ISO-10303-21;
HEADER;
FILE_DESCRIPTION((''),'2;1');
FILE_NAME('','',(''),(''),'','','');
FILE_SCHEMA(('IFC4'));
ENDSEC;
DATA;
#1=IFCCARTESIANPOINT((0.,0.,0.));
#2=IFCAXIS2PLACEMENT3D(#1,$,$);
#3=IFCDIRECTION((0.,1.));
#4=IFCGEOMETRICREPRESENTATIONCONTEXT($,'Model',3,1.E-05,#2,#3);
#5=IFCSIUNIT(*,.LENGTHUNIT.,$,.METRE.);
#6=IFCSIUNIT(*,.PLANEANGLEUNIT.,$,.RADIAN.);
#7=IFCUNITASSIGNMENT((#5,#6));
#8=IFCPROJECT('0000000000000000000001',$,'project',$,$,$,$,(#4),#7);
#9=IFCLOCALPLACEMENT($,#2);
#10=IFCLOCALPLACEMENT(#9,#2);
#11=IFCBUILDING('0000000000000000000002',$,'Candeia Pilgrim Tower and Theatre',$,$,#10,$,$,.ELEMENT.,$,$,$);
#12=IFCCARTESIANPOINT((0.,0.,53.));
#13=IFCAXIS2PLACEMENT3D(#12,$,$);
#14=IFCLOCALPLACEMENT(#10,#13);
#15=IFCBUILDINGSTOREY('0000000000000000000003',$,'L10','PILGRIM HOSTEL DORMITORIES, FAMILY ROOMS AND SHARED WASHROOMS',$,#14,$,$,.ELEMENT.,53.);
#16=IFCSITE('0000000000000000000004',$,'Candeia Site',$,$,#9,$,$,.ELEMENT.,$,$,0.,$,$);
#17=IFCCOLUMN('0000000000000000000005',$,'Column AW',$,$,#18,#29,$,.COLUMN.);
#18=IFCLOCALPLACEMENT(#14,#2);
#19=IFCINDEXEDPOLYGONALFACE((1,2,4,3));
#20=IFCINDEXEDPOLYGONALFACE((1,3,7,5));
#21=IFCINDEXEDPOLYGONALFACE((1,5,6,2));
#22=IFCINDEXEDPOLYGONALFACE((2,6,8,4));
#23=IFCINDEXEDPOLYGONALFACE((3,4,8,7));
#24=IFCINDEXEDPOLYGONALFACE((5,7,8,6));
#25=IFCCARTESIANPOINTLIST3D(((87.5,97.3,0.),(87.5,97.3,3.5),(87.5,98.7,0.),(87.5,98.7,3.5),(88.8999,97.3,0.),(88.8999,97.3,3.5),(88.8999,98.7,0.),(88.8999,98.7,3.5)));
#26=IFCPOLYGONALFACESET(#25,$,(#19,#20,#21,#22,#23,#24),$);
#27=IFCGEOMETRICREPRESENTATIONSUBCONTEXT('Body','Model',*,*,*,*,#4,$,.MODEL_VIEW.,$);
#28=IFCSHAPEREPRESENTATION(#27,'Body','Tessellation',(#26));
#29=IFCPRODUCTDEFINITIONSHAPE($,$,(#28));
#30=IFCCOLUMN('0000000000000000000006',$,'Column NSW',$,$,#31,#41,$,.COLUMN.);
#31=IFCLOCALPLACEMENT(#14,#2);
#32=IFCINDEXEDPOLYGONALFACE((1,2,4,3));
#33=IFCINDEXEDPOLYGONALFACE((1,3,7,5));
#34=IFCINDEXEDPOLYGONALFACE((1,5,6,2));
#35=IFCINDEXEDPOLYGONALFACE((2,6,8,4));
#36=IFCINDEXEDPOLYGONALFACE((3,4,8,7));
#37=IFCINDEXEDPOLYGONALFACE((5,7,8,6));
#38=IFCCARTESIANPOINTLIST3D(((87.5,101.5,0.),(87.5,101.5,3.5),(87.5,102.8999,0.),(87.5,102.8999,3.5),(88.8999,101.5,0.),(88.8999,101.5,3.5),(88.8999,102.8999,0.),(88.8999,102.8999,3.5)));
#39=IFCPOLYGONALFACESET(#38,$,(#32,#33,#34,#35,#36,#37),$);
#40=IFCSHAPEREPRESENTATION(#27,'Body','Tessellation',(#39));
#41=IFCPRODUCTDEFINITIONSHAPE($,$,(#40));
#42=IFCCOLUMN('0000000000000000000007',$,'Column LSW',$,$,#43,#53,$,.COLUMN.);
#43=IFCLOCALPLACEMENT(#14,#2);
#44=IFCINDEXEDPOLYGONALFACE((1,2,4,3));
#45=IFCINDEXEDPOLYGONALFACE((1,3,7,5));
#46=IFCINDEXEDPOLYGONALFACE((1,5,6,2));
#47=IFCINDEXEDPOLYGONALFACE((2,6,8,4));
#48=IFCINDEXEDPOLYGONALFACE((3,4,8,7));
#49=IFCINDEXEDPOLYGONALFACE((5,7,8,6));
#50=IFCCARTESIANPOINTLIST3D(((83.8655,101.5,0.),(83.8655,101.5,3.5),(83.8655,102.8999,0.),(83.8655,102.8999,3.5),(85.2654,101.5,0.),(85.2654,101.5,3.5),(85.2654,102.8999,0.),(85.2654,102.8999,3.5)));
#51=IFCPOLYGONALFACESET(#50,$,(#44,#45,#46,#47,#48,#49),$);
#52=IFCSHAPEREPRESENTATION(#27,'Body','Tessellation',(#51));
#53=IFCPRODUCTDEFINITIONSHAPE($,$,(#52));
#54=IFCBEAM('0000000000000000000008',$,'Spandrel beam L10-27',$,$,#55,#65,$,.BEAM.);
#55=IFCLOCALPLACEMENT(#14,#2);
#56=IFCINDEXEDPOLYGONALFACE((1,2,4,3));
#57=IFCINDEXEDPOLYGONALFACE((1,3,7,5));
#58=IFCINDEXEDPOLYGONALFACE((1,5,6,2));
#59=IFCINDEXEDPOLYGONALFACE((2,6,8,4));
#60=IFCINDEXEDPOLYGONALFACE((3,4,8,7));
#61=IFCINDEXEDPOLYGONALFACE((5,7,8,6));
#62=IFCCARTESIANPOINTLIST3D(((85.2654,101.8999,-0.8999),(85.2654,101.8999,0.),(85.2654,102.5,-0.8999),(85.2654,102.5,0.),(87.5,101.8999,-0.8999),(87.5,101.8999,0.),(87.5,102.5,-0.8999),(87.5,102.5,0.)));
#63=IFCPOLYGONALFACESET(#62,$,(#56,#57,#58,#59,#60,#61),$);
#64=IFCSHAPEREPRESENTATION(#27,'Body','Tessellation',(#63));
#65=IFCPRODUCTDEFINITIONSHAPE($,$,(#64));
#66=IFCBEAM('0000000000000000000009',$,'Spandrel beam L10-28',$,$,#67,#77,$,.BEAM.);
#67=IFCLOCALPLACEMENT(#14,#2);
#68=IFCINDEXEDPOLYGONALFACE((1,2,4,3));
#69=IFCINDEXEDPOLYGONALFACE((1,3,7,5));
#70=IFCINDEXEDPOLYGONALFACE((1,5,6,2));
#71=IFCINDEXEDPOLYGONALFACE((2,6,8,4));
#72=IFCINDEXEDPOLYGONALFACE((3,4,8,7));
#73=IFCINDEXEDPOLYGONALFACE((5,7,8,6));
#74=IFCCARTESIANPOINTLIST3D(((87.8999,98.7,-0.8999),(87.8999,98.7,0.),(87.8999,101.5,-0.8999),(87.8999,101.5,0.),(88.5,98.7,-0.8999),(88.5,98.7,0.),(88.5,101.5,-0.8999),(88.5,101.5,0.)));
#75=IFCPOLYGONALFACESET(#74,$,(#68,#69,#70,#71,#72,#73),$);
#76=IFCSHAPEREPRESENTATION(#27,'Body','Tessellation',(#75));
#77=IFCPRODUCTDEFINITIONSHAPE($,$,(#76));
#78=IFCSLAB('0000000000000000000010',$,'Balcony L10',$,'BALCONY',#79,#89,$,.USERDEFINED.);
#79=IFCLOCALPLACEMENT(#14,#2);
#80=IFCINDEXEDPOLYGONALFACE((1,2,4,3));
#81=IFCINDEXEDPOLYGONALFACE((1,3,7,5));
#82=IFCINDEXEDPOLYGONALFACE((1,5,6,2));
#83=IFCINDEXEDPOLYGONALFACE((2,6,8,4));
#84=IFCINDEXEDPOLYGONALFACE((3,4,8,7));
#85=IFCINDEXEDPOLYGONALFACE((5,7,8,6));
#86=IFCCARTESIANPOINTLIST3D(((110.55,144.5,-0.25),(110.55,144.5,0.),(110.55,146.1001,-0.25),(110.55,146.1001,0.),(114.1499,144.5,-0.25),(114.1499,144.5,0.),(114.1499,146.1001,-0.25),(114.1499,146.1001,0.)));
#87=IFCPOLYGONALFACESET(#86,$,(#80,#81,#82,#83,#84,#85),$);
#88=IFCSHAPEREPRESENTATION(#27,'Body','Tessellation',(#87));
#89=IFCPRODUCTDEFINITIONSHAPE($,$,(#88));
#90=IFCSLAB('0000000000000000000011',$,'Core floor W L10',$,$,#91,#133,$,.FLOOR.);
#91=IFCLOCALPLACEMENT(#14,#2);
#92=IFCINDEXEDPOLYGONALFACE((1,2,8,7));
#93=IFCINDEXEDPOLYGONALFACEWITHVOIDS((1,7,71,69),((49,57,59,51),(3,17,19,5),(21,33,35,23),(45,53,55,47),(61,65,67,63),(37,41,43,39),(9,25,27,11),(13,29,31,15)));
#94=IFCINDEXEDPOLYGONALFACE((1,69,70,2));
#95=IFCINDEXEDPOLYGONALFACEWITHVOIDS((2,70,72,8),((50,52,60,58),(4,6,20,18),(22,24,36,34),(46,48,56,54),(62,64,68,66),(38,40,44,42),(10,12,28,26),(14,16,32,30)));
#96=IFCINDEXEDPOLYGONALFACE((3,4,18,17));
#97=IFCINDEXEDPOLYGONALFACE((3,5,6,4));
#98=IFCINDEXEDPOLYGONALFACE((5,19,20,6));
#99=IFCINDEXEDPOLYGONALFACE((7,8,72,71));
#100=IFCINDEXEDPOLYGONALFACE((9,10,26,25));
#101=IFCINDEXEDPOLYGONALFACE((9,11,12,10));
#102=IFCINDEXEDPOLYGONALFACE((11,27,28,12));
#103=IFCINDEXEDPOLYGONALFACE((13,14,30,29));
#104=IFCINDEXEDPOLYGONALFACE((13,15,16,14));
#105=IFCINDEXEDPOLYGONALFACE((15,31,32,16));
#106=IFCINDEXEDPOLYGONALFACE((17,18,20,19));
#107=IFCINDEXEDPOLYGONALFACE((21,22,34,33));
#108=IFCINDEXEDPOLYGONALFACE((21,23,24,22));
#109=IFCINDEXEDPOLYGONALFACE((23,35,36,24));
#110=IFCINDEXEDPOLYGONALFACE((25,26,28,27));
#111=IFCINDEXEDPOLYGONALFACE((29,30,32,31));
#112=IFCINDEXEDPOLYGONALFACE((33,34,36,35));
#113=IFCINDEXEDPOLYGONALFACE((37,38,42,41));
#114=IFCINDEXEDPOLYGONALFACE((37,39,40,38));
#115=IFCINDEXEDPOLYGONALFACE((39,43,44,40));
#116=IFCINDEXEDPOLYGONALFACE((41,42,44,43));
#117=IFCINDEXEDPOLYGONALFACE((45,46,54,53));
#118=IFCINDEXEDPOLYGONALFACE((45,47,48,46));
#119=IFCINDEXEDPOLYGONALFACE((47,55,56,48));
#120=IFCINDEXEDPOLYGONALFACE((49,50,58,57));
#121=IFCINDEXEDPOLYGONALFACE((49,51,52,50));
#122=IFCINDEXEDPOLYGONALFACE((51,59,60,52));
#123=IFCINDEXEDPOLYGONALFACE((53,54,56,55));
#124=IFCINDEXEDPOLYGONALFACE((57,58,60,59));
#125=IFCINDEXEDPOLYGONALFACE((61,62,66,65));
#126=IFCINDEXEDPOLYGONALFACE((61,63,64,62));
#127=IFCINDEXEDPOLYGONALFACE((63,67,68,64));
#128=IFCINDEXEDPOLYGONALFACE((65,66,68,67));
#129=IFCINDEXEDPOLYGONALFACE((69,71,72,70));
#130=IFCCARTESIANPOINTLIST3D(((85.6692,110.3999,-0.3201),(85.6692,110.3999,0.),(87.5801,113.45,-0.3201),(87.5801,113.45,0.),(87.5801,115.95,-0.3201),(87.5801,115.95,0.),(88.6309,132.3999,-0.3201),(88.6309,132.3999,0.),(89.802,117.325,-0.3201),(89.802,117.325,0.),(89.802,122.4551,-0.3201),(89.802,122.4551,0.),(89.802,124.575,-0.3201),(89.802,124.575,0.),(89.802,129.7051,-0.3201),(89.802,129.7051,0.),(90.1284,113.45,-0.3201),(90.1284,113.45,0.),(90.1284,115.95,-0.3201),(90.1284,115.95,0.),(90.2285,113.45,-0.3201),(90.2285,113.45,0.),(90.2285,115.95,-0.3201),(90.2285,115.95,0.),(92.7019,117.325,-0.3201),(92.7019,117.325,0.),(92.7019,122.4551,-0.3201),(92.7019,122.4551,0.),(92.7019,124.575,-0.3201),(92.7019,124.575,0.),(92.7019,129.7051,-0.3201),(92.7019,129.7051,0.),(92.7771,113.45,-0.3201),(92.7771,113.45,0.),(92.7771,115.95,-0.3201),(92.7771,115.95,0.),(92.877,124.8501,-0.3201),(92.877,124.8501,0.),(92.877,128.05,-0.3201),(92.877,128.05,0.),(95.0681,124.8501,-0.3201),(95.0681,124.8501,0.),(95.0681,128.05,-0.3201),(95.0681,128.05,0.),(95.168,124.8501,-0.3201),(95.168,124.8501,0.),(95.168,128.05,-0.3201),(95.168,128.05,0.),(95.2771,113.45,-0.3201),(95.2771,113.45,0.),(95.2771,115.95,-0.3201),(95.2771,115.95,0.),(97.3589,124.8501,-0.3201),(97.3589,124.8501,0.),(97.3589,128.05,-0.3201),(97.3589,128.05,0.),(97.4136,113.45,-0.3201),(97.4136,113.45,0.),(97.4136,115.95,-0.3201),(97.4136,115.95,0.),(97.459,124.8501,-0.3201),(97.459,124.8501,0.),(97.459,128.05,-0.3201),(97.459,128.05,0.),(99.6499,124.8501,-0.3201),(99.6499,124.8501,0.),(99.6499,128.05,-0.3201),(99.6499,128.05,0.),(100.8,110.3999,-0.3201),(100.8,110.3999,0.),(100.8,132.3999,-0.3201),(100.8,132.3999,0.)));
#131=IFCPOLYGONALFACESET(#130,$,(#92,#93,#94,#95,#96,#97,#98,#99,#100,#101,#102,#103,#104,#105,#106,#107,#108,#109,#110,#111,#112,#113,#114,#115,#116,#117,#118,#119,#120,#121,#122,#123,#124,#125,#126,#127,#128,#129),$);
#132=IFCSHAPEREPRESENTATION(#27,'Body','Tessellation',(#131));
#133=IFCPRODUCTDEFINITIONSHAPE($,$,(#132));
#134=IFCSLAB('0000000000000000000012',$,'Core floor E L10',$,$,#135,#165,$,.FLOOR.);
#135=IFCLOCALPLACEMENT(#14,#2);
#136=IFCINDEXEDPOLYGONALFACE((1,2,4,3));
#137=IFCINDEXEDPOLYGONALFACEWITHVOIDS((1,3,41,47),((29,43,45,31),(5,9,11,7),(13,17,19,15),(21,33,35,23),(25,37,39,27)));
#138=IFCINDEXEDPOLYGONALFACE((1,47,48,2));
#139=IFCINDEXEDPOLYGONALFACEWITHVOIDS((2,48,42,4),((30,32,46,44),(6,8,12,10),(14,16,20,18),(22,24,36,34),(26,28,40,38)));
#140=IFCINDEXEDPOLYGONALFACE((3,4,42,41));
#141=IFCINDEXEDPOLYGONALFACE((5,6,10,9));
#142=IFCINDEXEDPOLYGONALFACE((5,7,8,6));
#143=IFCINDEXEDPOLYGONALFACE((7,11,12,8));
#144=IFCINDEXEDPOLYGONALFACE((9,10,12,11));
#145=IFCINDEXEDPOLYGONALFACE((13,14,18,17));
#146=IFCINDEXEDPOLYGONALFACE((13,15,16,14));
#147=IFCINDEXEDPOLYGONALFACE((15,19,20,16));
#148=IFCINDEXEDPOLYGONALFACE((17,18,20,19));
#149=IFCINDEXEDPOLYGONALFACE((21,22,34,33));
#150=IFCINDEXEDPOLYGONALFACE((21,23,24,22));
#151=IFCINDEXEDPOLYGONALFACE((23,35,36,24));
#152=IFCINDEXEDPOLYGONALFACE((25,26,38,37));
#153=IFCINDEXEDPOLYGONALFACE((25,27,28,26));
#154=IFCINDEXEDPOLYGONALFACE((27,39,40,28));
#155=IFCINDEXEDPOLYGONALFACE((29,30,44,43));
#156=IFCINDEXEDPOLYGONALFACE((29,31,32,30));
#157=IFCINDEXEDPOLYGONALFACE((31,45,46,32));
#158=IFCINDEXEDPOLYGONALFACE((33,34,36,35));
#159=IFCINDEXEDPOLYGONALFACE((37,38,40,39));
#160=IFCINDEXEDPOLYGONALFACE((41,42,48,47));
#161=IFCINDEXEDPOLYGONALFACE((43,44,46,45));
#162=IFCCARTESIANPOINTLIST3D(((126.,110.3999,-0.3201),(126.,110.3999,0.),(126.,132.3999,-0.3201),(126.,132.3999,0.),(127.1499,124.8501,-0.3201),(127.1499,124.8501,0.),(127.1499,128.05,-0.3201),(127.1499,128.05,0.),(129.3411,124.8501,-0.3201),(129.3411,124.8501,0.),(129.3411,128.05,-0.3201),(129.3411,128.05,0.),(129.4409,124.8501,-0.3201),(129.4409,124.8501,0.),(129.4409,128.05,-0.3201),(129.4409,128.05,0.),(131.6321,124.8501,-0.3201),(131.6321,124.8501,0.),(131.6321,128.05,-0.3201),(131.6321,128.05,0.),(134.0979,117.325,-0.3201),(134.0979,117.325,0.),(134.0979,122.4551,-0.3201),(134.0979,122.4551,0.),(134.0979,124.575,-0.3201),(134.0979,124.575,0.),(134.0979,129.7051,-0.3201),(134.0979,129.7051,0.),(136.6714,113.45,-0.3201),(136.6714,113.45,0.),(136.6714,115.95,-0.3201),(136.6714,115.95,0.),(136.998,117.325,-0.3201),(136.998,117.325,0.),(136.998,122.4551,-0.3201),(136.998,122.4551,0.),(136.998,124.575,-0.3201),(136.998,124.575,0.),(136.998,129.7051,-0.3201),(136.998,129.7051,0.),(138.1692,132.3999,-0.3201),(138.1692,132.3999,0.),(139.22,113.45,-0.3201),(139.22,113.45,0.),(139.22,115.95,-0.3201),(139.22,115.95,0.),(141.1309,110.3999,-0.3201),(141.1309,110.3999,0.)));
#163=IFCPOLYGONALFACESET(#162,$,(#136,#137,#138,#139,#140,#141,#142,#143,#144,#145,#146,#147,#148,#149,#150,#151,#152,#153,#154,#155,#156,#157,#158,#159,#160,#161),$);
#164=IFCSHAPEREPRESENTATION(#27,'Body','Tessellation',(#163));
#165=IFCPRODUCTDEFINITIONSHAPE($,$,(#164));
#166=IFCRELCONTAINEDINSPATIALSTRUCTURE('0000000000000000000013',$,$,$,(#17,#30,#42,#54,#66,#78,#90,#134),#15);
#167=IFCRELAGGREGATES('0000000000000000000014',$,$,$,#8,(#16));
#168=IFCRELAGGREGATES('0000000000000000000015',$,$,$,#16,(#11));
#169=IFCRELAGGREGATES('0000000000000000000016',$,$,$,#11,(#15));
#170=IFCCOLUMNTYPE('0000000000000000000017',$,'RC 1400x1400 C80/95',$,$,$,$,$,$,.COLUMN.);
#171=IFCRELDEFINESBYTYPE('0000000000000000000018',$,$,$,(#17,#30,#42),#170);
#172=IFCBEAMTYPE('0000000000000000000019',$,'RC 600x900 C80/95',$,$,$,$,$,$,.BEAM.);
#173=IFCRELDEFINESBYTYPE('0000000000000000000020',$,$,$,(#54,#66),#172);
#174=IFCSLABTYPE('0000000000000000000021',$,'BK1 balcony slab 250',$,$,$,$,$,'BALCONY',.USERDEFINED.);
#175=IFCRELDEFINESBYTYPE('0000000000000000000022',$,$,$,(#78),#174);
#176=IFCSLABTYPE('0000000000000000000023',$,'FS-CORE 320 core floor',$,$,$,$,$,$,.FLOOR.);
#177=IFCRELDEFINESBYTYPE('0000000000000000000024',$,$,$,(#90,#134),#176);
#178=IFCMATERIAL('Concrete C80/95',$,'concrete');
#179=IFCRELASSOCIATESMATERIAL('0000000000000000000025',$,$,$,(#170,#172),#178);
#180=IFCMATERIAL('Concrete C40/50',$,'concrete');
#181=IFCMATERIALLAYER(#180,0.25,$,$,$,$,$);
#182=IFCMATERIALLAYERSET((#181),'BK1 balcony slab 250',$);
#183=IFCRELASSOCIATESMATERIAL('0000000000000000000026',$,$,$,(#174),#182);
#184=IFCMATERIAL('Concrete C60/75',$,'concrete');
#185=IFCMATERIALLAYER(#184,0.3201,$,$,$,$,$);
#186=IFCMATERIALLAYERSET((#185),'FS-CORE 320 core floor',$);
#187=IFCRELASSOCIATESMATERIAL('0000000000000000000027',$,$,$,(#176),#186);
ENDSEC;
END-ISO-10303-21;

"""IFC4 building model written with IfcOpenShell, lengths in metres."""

from ifc_helpers import new_model, si_unit, direction, frame, origin, origin_2d, place, context, subcontext, project, spatial, polyline, rectangle, outline, extrude, material, layer, layer_set, material_profile, profile_set, type_object, element, save


model = new_model("IFC4")

# Units and contexts
model_context = context("Model", 3, precision=1e-05, world=origin(), true_north=direction((0.0, 1.0)))
body_context = subcontext(model_context, "Body", "Model", "MODEL_VIEW")
ifc_project = project(units=[si_unit("LENGTHUNIT", "METRE"), si_unit("PLANEANGLEUNIT", "RADIAN")], contexts=[model_context])

# Site, building, storey
site_placement = place(None, origin())
site = spatial("IfcSite", under=ifc_project, at=site_placement, Name="Candeia Site", CompositionType="ELEMENT", RefElevation=0.0)
building_placement = place(site_placement, origin())
building = spatial("IfcBuilding", under=site, at=building_placement, Name="Candeia Pilgrim Tower and Theatre", CompositionType="ELEMENT")
storey_placement = place(building_placement, frame((0.0, 0.0, 53.0)))
storey = spatial("IfcBuildingStorey", under=building, at=storey_placement, Name="L10", Description="PILGRIM HOSTEL DORMITORIES, FAMILY ROOMS AND SHARED WASHROOMS", CompositionType="ELEMENT", Elevation=53.0)

# Columns
ifc_material_1 = material(Name="Concrete C80/95", Category="concrete")
ifc_material_profile_1 = material_profile(ifc_material_1, rectangle(XDim=1.3999, YDim=1.3999, at=origin_2d()))
ifc_profile_set_1 = profile_set([ifc_material_profile_1], Name="Concrete C80/95")
column_type = type_object("IfcColumnType", Name="RC 1400x1400 C80/95", PredefinedType="COLUMN", material=ifc_profile_set_1)
for number, where, z_axis, x_axis, name in (
    (1, (88.2, 98.0, 0.0), (0.0, 0.0, 1.0), (1.0, 0.0, 0.0), "Column AW"),
    (2, (88.2, 102.2, 0.0), (0.0, 0.0, 1.0), (1.0, 0.0, 0.0), "Column NSW"),
    (3, (84.5654, 102.2, 0.0), (0.0, 0.0, 1.0), (1.0, 0.0, 0.0), "Column LSW"),
):
    element("IfcColumn", number, at=place(storey_placement, frame(where, z_axis=z_axis, x_axis=x_axis)), inside=storey, type_object=column_type, Name=name, PredefinedType="COLUMN", context=body_context, shape_type="SweptSolid", body=[
        extrude(rectangle(XDim=1.3999, YDim=1.3999, at=origin_2d()), origin(), (0.0, 0.0, 1.0), 3.5),
    ])

# Beams
ifc_material_profile_2 = material_profile(ifc_material_1, rectangle(XDim=0.6001, YDim=0.8999, at=origin_2d()))
ifc_profile_set_2 = profile_set([ifc_material_profile_2], Name="Concrete C80/95")
beam_type = type_object("IfcBeamType", Name="RC 600x900 C80/95", PredefinedType="BEAM", material=ifc_profile_set_2)
beam_1_placement = place(storey_placement, frame((85.2654, 102.2, -0.45), z_axis=(1.0, 0.0, 0.0), x_axis=(0.0, 1.0, 0.0)))
element("IfcBeam", 4, at=beam_1_placement, inside=storey, type_object=beam_type, Name="Spandrel beam L10-27", PredefinedType="BEAM", context=body_context, shape_type="SweptSolid", body=[
    extrude(rectangle(XDim=0.6001, YDim=0.8999, at=origin_2d()), origin(), (0.0, 0.0, 1.0), 2.2346),
])
beam_2_placement = place(storey_placement, frame((88.2, 101.5, -0.45), z_axis=(0.0, -1.0, 0.0), x_axis=(1.0, 0.0, 0.0)))
element("IfcBeam", 5, at=beam_2_placement, inside=storey, type_object=beam_type, Name="Spandrel beam L10-28", PredefinedType="BEAM", context=body_context, shape_type="SweptSolid", body=[
    extrude(rectangle(XDim=0.6001, YDim=0.8999, at=origin_2d()), origin(), (0.0, 0.0, 1.0), 2.8),
])

# Slabs
ifc_material_2 = material(Name="Concrete C40/50", Category="concrete")
ifc_layer_1 = layer(ifc_material_2, 0.25)
ifc_layer_set_1 = layer_set([ifc_layer_1], Name="BK1 balcony slab 250")
slab_type_1 = type_object("IfcSlabType", Name="BK1 balcony slab 250", ElementType="BALCONY", PredefinedType="USERDEFINED", material=ifc_layer_set_1)
slab_1_placement = place(storey_placement, frame((0.0, 0.0, -0.25)))
element("IfcSlab", 6, at=slab_1_placement, inside=storey, type_object=slab_type_1, Name="Balcony L10", ObjectType="BALCONY", PredefinedType="USERDEFINED", context=body_context, shape_type="SweptSolid", body=[
    extrude(outline(polyline([(110.55, 144.5), (114.1499, 144.5), (114.1499, 146.1001), (110.55, 146.1001), (110.55, 144.5)])), origin(), (0.0, 0.0, 1.0), 0.25),
])
ifc_material_3 = material(Name="Concrete C60/75", Category="concrete")
ifc_layer_2 = layer(ifc_material_3, 0.3201)
ifc_layer_set_2 = layer_set([ifc_layer_2], Name="FS-CORE 320 core floor")
slab_type_2 = type_object("IfcSlabType", Name="FS-CORE 320 core floor", PredefinedType="FLOOR", material=ifc_layer_set_2)
slab_2_placement = place(storey_placement, frame((0.0, 0.0, -0.3201)))
element("IfcSlab", 7, at=slab_2_placement, inside=storey, type_object=slab_type_2, Name="Core floor W L10", PredefinedType="FLOOR", context=body_context, shape_type="SweptSolid", body=[
    extrude(outline(polyline([(100.8, 132.3999), (100.8, 110.3999), (85.6692, 110.3999), (88.6309, 132.3999), (100.8, 132.3999)]), holes=[polyline([(97.459, 128.05), (97.459, 124.8501), (99.6499, 124.8501), (99.6499, 128.05), (97.459, 128.05)]), polyline([(95.2771, 115.95), (95.2771, 113.45), (97.4136, 113.45), (97.4136, 115.95), (95.2771, 115.95)]), polyline([(95.168, 128.05), (95.168, 124.8501), (97.3589, 124.8501), (97.3589, 128.05), (95.168, 128.05)]), polyline([(92.877, 128.05), (92.877, 124.8501), (95.0681, 124.8501), (95.0681, 128.05), (92.877, 128.05)]), polyline([(90.2285, 115.95), (90.2285, 113.45), (92.7771, 113.45), (92.7771, 115.95), (90.2285, 115.95)]), polyline([(89.802, 122.4551), (89.802, 117.325), (92.7019, 117.325), (92.7019, 122.4551), (89.802, 122.4551)]), polyline([(89.802, 129.7051), (89.802, 124.575), (92.7019, 124.575), (92.7019, 129.7051), (89.802, 129.7051)]), polyline([(87.5801, 115.95), (87.5801, 113.45), (90.1284, 113.45), (90.1284, 115.95), (87.5801, 115.95)])]), origin(), (0.0, 0.0, 1.0), 0.3201),
])
slab_3_placement = place(storey_placement, frame((0.0, 0.0, -0.3201)))
element("IfcSlab", 8, at=slab_3_placement, inside=storey, type_object=slab_type_2, Name="Core floor E L10", PredefinedType="FLOOR", context=body_context, shape_type="SweptSolid", body=[
    extrude(outline(polyline([(138.1692, 132.3999), (141.1309, 110.3999), (126.0, 110.3999), (126.0, 132.3999), (138.1692, 132.3999)]), holes=[polyline([(136.6714, 115.95), (136.6714, 113.45), (139.22, 113.45), (139.22, 115.95), (136.6714, 115.95)]), polyline([(134.0979, 117.325), (136.998, 117.325), (136.998, 122.4551), (134.0979, 122.4551), (134.0979, 117.325)]), polyline([(134.0979, 129.7051), (134.0979, 124.575), (136.998, 124.575), (136.998, 129.7051), (134.0979, 129.7051)]), polyline([(131.6321, 128.05), (129.4409, 128.05), (129.4409, 124.8501), (131.6321, 124.8501), (131.6321, 128.05)]), polyline([(127.1499, 128.05), (127.1499, 124.8501), (129.3411, 124.8501), (129.3411, 128.05), (127.1499, 128.05)])]), origin(), (0.0, 0.0, 1.0), 0.3201),
])

save(model, "model.ifc")
